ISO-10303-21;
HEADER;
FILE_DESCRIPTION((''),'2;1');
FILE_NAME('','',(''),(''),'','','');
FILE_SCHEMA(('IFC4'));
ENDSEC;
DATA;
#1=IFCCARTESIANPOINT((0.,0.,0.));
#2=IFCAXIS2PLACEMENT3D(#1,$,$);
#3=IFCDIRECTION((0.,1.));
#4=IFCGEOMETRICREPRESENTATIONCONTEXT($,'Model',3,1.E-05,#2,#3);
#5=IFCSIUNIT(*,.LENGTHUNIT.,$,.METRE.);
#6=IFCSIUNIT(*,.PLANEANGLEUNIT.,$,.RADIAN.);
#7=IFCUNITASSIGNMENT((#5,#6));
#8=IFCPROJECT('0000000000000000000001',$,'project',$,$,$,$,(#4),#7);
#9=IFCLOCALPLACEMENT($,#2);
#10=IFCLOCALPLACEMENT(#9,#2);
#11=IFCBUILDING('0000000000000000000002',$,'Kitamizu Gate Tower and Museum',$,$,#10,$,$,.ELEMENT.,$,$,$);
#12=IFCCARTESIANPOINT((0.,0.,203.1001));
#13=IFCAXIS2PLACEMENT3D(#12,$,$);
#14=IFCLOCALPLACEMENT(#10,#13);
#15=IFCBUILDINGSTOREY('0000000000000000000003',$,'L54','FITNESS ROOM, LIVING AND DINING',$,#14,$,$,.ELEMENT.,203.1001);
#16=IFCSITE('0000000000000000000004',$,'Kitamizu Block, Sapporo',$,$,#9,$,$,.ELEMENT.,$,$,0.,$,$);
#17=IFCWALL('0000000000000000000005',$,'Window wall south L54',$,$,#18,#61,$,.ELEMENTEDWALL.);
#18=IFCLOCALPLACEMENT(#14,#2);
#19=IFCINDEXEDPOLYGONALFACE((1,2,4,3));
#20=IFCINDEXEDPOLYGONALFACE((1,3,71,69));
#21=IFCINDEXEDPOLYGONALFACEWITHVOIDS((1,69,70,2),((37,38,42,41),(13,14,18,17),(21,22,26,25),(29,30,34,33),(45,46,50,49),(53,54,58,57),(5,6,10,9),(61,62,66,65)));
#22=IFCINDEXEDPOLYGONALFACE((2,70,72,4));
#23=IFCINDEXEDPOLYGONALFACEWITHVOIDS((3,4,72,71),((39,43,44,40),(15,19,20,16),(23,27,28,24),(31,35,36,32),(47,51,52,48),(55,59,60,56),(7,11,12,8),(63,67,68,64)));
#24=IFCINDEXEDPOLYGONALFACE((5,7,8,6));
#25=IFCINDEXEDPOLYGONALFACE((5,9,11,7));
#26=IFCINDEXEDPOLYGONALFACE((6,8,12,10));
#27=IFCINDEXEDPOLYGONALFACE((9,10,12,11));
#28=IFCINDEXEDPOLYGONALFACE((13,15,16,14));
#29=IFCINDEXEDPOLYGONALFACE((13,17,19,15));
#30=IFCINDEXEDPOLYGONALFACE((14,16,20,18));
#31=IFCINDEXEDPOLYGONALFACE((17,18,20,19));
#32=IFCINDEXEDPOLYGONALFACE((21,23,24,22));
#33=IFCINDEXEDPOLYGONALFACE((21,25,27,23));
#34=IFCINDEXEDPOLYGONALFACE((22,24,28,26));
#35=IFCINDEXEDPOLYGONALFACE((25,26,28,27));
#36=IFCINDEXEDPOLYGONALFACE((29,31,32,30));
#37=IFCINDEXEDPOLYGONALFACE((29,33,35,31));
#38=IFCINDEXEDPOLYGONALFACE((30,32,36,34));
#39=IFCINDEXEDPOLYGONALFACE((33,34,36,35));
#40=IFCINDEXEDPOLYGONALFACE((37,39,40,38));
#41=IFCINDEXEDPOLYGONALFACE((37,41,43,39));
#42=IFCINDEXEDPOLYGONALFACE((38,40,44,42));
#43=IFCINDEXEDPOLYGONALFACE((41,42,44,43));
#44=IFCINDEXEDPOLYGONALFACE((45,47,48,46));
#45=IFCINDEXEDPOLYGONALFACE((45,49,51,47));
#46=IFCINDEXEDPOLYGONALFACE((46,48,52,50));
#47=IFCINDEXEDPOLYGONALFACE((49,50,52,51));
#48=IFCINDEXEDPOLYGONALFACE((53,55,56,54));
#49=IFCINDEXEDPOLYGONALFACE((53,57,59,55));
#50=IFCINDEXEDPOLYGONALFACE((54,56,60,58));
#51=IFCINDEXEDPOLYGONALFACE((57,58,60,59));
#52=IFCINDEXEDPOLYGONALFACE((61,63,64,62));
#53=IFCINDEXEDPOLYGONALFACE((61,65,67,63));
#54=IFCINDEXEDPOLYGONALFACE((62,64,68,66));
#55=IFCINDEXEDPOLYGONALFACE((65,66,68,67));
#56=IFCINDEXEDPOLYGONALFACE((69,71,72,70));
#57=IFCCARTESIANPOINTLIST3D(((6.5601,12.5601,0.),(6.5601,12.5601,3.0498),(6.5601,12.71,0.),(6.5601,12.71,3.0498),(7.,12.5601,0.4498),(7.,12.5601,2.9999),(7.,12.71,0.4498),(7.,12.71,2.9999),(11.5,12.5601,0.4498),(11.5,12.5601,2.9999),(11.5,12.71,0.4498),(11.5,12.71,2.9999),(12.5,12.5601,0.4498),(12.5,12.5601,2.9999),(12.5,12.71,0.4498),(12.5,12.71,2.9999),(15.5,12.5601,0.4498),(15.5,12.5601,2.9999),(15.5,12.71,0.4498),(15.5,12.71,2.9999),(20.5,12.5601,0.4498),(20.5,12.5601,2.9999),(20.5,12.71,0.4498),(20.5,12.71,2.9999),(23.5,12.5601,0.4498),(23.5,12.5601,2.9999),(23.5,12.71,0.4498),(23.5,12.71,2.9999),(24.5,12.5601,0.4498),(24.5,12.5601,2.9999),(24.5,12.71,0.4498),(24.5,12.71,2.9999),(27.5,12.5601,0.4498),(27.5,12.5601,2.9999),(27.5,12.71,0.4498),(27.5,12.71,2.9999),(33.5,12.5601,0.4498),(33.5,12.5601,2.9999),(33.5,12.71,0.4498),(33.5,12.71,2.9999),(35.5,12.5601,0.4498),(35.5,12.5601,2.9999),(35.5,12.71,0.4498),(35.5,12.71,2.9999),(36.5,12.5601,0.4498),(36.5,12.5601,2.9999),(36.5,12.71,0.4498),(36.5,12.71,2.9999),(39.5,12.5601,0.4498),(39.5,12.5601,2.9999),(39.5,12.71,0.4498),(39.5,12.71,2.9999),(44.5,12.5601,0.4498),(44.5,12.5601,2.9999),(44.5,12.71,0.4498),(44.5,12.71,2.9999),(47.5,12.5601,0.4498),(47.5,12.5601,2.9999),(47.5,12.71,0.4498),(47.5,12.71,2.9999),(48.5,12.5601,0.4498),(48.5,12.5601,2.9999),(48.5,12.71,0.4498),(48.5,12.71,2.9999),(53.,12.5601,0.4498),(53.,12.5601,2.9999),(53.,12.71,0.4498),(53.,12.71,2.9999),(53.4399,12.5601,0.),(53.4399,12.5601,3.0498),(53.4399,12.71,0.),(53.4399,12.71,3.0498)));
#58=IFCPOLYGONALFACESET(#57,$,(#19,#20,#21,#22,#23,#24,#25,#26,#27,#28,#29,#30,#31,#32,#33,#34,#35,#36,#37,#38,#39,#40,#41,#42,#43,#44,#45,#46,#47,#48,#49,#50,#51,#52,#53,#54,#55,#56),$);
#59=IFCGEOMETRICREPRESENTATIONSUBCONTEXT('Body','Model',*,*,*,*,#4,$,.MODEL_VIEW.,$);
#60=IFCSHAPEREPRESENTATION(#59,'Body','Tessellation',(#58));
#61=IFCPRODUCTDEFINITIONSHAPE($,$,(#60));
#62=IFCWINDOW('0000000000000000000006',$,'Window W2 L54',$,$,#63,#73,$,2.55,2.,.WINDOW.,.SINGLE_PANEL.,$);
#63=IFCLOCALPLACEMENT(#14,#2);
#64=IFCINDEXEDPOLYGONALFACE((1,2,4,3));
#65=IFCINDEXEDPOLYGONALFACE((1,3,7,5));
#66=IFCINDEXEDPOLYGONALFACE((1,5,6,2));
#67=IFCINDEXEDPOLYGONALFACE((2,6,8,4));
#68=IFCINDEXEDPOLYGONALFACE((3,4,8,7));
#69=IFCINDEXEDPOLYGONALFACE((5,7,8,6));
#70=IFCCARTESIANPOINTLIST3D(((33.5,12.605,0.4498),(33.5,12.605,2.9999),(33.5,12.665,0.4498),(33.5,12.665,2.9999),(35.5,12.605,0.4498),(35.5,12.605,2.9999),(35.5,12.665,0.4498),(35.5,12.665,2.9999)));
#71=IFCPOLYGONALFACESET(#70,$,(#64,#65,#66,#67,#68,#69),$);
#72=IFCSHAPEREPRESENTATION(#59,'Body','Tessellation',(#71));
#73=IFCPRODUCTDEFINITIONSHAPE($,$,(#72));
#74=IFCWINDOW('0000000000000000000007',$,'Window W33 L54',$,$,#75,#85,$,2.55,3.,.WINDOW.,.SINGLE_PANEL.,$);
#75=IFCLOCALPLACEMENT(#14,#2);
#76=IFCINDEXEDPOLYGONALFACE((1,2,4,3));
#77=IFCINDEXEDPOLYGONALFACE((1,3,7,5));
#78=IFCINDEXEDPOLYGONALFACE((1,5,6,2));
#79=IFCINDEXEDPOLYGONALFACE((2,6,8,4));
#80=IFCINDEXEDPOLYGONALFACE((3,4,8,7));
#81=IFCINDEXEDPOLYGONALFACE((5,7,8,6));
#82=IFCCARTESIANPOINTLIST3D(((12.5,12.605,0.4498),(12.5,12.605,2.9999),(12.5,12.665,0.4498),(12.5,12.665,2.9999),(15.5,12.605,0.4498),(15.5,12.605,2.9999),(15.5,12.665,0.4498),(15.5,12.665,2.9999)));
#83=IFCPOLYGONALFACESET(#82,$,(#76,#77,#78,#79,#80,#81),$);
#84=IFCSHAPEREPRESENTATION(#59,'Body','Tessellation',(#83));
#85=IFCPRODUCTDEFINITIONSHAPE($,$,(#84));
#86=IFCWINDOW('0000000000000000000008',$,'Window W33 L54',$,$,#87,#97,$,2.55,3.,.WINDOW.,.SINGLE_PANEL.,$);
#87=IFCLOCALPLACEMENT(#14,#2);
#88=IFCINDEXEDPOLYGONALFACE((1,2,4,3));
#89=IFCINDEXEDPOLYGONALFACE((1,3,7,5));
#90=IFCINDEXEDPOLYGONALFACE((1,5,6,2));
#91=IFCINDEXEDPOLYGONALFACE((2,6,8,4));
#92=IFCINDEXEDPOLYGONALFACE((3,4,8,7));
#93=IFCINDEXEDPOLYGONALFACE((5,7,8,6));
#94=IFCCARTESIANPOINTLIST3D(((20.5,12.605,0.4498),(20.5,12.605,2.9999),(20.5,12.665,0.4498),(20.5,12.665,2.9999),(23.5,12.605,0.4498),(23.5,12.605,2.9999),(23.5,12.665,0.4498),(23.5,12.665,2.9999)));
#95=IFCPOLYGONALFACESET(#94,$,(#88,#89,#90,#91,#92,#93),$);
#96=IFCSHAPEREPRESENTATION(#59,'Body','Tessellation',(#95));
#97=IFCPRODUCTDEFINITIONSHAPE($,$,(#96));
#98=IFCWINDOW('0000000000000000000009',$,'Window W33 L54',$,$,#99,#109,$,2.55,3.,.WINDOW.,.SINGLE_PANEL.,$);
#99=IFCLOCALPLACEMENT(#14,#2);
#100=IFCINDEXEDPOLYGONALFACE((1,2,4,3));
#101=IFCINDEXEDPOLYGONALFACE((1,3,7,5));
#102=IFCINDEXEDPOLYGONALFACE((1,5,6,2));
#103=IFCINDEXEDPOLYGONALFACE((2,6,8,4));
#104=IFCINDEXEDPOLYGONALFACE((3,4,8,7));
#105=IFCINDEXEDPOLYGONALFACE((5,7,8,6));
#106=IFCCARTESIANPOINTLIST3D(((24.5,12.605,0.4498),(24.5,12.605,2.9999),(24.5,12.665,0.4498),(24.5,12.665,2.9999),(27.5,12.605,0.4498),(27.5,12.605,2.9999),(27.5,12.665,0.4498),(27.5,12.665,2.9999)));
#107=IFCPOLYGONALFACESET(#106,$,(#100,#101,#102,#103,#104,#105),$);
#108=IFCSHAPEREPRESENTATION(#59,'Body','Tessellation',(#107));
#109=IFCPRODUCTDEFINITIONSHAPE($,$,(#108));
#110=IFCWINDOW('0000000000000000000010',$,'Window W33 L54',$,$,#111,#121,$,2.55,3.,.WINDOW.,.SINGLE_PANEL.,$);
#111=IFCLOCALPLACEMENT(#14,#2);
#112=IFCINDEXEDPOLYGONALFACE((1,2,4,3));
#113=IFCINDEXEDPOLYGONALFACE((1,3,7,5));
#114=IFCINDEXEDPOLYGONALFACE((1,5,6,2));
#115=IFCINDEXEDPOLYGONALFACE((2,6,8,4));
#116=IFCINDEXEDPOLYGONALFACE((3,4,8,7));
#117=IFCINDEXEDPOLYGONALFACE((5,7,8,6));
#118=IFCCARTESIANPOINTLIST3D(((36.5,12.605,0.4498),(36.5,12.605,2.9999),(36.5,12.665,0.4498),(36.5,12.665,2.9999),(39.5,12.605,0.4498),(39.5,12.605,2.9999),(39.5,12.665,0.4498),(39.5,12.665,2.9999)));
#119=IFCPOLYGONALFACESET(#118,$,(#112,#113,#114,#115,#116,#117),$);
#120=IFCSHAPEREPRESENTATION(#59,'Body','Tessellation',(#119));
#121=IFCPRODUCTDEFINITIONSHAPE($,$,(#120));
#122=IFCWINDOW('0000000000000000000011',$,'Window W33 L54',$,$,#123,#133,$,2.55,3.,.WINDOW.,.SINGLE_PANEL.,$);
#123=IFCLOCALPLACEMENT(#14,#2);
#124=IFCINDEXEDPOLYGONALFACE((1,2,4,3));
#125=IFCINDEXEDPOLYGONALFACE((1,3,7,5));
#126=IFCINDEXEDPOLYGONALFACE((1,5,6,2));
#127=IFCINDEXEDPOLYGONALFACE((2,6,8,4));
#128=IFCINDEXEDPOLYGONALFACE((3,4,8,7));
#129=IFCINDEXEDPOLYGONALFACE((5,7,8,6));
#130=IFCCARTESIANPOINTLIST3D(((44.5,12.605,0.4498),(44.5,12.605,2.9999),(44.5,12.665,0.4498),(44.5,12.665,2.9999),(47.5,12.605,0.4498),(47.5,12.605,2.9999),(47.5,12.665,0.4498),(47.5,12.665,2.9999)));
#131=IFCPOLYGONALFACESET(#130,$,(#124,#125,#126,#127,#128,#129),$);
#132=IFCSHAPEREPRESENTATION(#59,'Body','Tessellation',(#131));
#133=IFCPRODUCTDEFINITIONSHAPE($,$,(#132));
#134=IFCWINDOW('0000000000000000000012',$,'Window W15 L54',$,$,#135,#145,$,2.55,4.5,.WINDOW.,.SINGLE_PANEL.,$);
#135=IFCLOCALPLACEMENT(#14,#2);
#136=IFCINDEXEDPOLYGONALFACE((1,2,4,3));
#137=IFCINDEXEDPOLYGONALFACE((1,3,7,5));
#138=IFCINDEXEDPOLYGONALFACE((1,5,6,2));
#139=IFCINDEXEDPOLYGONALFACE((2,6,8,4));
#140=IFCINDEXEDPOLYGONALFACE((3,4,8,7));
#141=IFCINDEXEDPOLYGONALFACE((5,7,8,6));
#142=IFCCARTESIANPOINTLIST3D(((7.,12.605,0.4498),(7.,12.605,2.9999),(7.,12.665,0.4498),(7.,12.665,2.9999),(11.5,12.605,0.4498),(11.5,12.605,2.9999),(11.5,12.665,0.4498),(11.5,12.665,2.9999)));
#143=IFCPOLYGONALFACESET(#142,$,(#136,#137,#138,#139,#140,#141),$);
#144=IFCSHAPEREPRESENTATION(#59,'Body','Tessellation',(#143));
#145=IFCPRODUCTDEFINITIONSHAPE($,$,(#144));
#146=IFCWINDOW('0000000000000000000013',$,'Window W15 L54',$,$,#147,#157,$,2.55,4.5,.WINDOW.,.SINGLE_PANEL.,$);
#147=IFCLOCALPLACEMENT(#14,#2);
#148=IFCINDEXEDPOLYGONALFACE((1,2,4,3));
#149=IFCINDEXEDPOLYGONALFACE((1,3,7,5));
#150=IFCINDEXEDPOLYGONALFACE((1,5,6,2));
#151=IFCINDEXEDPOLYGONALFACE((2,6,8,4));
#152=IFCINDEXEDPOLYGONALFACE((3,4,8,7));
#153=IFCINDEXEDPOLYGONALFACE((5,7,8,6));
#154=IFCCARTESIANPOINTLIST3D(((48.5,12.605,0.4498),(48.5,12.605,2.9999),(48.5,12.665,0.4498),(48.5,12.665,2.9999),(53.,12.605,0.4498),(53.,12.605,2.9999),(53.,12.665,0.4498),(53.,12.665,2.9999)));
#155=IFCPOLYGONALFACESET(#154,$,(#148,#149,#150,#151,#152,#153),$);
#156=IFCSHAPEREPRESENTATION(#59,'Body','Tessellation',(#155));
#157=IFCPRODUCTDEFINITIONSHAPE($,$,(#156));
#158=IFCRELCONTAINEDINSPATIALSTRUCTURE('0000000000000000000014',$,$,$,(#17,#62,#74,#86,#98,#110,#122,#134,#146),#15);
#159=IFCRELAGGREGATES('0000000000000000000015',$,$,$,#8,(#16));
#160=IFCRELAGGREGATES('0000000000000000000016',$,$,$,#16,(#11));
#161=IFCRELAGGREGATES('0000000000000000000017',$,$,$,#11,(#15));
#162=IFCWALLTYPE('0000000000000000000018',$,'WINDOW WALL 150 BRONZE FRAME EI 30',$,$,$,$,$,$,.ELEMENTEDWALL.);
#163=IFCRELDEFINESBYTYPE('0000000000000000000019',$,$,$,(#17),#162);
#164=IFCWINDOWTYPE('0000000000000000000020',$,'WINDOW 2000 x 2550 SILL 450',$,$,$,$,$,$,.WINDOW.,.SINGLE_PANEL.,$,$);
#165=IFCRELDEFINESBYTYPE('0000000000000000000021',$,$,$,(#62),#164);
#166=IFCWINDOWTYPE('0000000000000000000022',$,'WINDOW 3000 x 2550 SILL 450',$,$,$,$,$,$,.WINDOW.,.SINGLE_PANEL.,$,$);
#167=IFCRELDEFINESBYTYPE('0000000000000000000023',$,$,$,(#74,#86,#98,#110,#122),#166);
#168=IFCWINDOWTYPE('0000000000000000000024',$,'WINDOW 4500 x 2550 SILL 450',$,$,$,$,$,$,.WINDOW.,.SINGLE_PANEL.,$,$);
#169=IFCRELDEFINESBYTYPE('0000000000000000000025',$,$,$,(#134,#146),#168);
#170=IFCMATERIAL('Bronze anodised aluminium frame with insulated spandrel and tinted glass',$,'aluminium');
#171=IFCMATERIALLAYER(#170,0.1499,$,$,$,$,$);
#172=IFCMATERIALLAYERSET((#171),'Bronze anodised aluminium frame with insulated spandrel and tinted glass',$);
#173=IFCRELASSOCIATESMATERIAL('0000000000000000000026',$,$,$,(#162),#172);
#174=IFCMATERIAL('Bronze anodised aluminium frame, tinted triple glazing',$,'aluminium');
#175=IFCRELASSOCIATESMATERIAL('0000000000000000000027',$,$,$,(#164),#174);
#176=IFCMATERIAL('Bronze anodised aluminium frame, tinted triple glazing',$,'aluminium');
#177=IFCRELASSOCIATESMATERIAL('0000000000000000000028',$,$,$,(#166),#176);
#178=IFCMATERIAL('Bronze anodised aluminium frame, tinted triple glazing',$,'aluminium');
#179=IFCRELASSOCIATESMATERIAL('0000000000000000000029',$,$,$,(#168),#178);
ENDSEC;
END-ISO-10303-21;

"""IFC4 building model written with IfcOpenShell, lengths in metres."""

from ifc_helpers import new_model, si_unit, direction, frame, frame_2d, origin, place, context, subcontext, project, spatial, rectangle, extrude, material, layer, layer_set, type_object, element, fill, save


model = new_model("IFC4")

# Units and contexts
model_context = context("Model", 3, precision=1e-05, world=origin(), true_north=direction((0.0, 1.0)))
body_context = subcontext(model_context, "Body", "Model", "MODEL_VIEW")
ifc_project = project(units=[si_unit("LENGTHUNIT", "METRE"), si_unit("PLANEANGLEUNIT", "RADIAN")], contexts=[model_context])

# Site, building, storey
site_placement = place(None, origin())
site = spatial("IfcSite", under=ifc_project, at=site_placement, Name="Kitamizu Block, Sapporo", CompositionType="ELEMENT", RefElevation=0.0)
building_placement = place(site_placement, origin())
building = spatial("IfcBuilding", under=site, at=building_placement, Name="Kitamizu Gate Tower and Museum", CompositionType="ELEMENT")
storey_placement = place(building_placement, frame((0.0, 0.0, 203.1001)))
storey = spatial("IfcBuildingStorey", under=building, at=storey_placement, Name="L54", Description="FITNESS ROOM, LIVING AND DINING", CompositionType="ELEMENT", Elevation=203.1001)

# Wall, openings, windows
ifc_material_1 = material(Name="Bronze anodised aluminium frame with insulated spandrel and tinted glass", Category="aluminium")
ifc_layer_1 = layer(ifc_material_1, 0.1499)
ifc_layer_set_1 = layer_set([ifc_layer_1], Name="Bronze anodised aluminium frame with insulated spandrel and tinted glass")
wall_type = type_object("IfcWallType", Name="WINDOW WALL 150 BRONZE FRAME EI 30", PredefinedType="ELEMENTEDWALL", material=ifc_layer_set_1)
wall_1_placement = place(storey_placement, frame((6.5601, 12.635, 0.0), z_axis=(0.0, 0.0, 1.0), x_axis=(1.0, 0.0, 0.0)))
wall_1 = element("IfcWall", 1, at=wall_1_placement, inside=storey, type_object=wall_type, Name="Window wall south L54", PredefinedType="ELEMENTEDWALL", context=body_context, shape_type="SweptSolid", body=[
    extrude(rectangle(XDim=46.8799, YDim=0.1499, at=frame_2d((23.4399, 0.0))), origin(), (0.0, 0.0, 1.0), 3.0498),
])
opening_1_placement = place(wall_1_placement, frame((0.4399, 0.0, 0.45)))
opening_1 = element("IfcOpeningElement", 2, at=opening_1_placement, cuts=wall_1, PredefinedType="OPENING", context=body_context, shape_type="SweptSolid", body=[
    extrude(rectangle(XDim=4.5, YDim=2.55, at=frame_2d((2.25, 1.2749))), frame((0.0, 0.085, 0.0), z_axis=(0.0, -1.0, 0.0), x_axis=(1.0, 0.0, 0.0)), (0.0, 0.0, 1.0), 0.1699),
])
opening_2_placement = place(wall_1_placement, frame((5.9399, 0.0, 0.45)))
opening_2 = element("IfcOpeningElement", 3, at=opening_2_placement, cuts=wall_1, PredefinedType="OPENING", context=body_context, shape_type="SweptSolid", body=[
    extrude(rectangle(XDim=3.0, YDim=2.55, at=frame_2d((1.5, 1.2749))), frame((0.0, 0.085, 0.0), z_axis=(0.0, -1.0, 0.0), x_axis=(1.0, 0.0, 0.0)), (0.0, 0.0, 1.0), 0.1699),
])
opening_3_placement = place(wall_1_placement, frame((13.9399, 0.0, 0.45)))
opening_3 = element("IfcOpeningElement", 4, at=opening_3_placement, cuts=wall_1, PredefinedType="OPENING", context=body_context, shape_type="SweptSolid", body=[
    extrude(rectangle(XDim=3.0, YDim=2.55, at=frame_2d((1.5, 1.2749))), frame((0.0, 0.085, 0.0), z_axis=(0.0, -1.0, 0.0), x_axis=(1.0, 0.0, 0.0)), (0.0, 0.0, 1.0), 0.1699),
])
opening_4_placement = place(wall_1_placement, frame((17.9399, 0.0, 0.45)))
opening_4 = element("IfcOpeningElement", 5, at=opening_4_placement, cuts=wall_1, PredefinedType="OPENING", context=body_context, shape_type="SweptSolid", body=[
    extrude(rectangle(XDim=3.0, YDim=2.55, at=frame_2d((1.5, 1.2749))), frame((0.0, 0.085, 0.0), z_axis=(0.0, -1.0, 0.0), x_axis=(1.0, 0.0, 0.0)), (0.0, 0.0, 1.0), 0.1699),
])
opening_5_placement = place(wall_1_placement, frame((26.9399, 0.0, 0.45)))
opening_5 = element("IfcOpeningElement", 6, at=opening_5_placement, cuts=wall_1, PredefinedType="OPENING", context=body_context, shape_type="SweptSolid", body=[
    extrude(rectangle(XDim=2.0, YDim=2.55, at=frame_2d((1.0, 1.2749))), frame((0.0, 0.085, 0.0), z_axis=(0.0, -1.0, 0.0), x_axis=(1.0, 0.0, 0.0)), (0.0, 0.0, 1.0), 0.1699),
])
opening_6_placement = place(wall_1_placement, frame((29.9399, 0.0, 0.45)))
opening_6 = element("IfcOpeningElement", 7, at=opening_6_placement, cuts=wall_1, PredefinedType="OPENING", context=body_context, shape_type="SweptSolid", body=[
    extrude(rectangle(XDim=3.0, YDim=2.55, at=frame_2d((1.5, 1.2749))), frame((0.0, 0.085, 0.0), z_axis=(0.0, -1.0, 0.0), x_axis=(1.0, 0.0, 0.0)), (0.0, 0.0, 1.0), 0.1699),
])
opening_7_placement = place(wall_1_placement, frame((37.9399, 0.0, 0.45)))
opening_7 = element("IfcOpeningElement", 8, at=opening_7_placement, cuts=wall_1, PredefinedType="OPENING", context=body_context, shape_type="SweptSolid", body=[
    extrude(rectangle(XDim=3.0, YDim=2.55, at=frame_2d((1.5, 1.2749))), frame((0.0, 0.085, 0.0), z_axis=(0.0, -1.0, 0.0), x_axis=(1.0, 0.0, 0.0)), (0.0, 0.0, 1.0), 0.1699),
])
opening_8_placement = place(wall_1_placement, frame((41.9399, 0.0, 0.45)))
opening_8 = element("IfcOpeningElement", 9, at=opening_8_placement, cuts=wall_1, PredefinedType="OPENING", context=body_context, shape_type="SweptSolid", body=[
    extrude(rectangle(XDim=4.5, YDim=2.55, at=frame_2d((2.25, 1.2749))), frame((0.0, 0.085, 0.0), z_axis=(0.0, -1.0, 0.0), x_axis=(1.0, 0.0, 0.0)), (0.0, 0.0, 1.0), 0.1699),
])
ifc_material_2 = material(Name="Bronze anodised aluminium frame, tinted triple glazing", Category="aluminium")
window_type_1 = type_object("IfcWindowType", Name="WINDOW 2000 x 2550 SILL 450", PartitioningType="SINGLE_PANEL", PredefinedType="WINDOW", material=ifc_material_2)
window_1_placement = place(opening_5_placement, origin())
window_1 = element("IfcWindow", 10, at=window_1_placement, inside=storey, type_object=window_type_1, Name="Window W2 L54", OverallHeight=2.55, OverallWidth=2.0, PartitioningType="SINGLE_PANEL", PredefinedType="WINDOW", context=body_context, shape_type="SweptSolid", body=[
    extrude(rectangle(XDim=2.0, YDim=2.55, at=frame_2d((1.0, 1.2749))), frame((0.0, 0.03, 0.0), z_axis=(0.0, -1.0, 0.0), x_axis=(1.0, 0.0, 0.0)), (0.0, 0.0, 1.0), 0.0601),
])
fill(opening_5, window_1)
ifc_material_3 = material(Name="Bronze anodised aluminium frame, tinted triple glazing", Category="aluminium")
window_type_2 = type_object("IfcWindowType", Name="WINDOW 3000 x 2550 SILL 450", PartitioningType="SINGLE_PANEL", PredefinedType="WINDOW", material=ifc_material_3)
window_2_placement = place(opening_2_placement, origin())
window_2 = element("IfcWindow", 11, at=window_2_placement, inside=storey, type_object=window_type_2, Name="Window W33 L54", OverallHeight=2.55, OverallWidth=3.0, PartitioningType="SINGLE_PANEL", PredefinedType="WINDOW", context=body_context, shape_type="SweptSolid", body=[
    extrude(rectangle(XDim=3.0, YDim=2.55, at=frame_2d((1.5, 1.2749))), frame((0.0, 0.03, 0.0), z_axis=(0.0, -1.0, 0.0), x_axis=(1.0, 0.0, 0.0)), (0.0, 0.0, 1.0), 0.0601),
])
fill(opening_2, window_2)
window_3_placement = place(opening_3_placement, origin())
window_3 = element("IfcWindow", 12, at=window_3_placement, inside=storey, type_object=window_type_2, Name="Window W33 L54", OverallHeight=2.55, OverallWidth=3.0, PartitioningType="SINGLE_PANEL", PredefinedType="WINDOW", context=body_context, shape_type="SweptSolid", body=[
    extrude(rectangle(XDim=3.0, YDim=2.55, at=frame_2d((1.5, 1.2749))), frame((0.0, 0.03, 0.0), z_axis=(0.0, -1.0, 0.0), x_axis=(1.0, 0.0, 0.0)), (0.0, 0.0, 1.0), 0.0601),
])
fill(opening_3, window_3)
window_4_placement = place(opening_4_placement, origin())
window_4 = element("IfcWindow", 13, at=window_4_placement, inside=storey, type_object=window_type_2, Name="Window W33 L54", OverallHeight=2.55, OverallWidth=3.0, PartitioningType="SINGLE_PANEL", PredefinedType="WINDOW", context=body_context, shape_type="SweptSolid", body=[
    extrude(rectangle(XDim=3.0, YDim=2.55, at=frame_2d((1.5, 1.2749))), frame((0.0, 0.03, 0.0), z_axis=(0.0, -1.0, 0.0), x_axis=(1.0, 0.0, 0.0)), (0.0, 0.0, 1.0), 0.0601),
])
fill(opening_4, window_4)
window_5_placement = place(opening_6_placement, origin())
window_5 = element("IfcWindow", 14, at=window_5_placement, inside=storey, type_object=window_type_2, Name="Window W33 L54", OverallHeight=2.55, OverallWidth=3.0, PartitioningType="SINGLE_PANEL", PredefinedType="WINDOW", context=body_context, shape_type="SweptSolid", body=[
    extrude(rectangle(XDim=3.0, YDim=2.55, at=frame_2d((1.5, 1.2749))), frame((0.0, 0.03, 0.0), z_axis=(0.0, -1.0, 0.0), x_axis=(1.0, 0.0, 0.0)), (0.0, 0.0, 1.0), 0.0601),
])
fill(opening_6, window_5)
window_6_placement = place(opening_7_placement, origin())
window_6 = element("IfcWindow", 15, at=window_6_placement, inside=storey, type_object=window_type_2, Name="Window W33 L54", OverallHeight=2.55, OverallWidth=3.0, PartitioningType="SINGLE_PANEL", PredefinedType="WINDOW", context=body_context, shape_type="SweptSolid", body=[
    extrude(rectangle(XDim=3.0, YDim=2.55, at=frame_2d((1.5, 1.2749))), frame((0.0, 0.03, 0.0), z_axis=(0.0, -1.0, 0.0), x_axis=(1.0, 0.0, 0.0)), (0.0, 0.0, 1.0), 0.0601),
])
fill(opening_7, window_6)
ifc_material_4 = material(Name="Bronze anodised aluminium frame, tinted triple glazing", Category="aluminium")
window_type_3 = type_object("IfcWindowType", Name="WINDOW 4500 x 2550 SILL 450", PartitioningType="SINGLE_PANEL", PredefinedType="WINDOW", material=ifc_material_4)
window_7_placement = place(opening_1_placement, origin())
window_7 = element("IfcWindow", 16, at=window_7_placement, inside=storey, type_object=window_type_3, Name="Window W15 L54", OverallHeight=2.55, OverallWidth=4.5, PartitioningType="SINGLE_PANEL", PredefinedType="WINDOW", context=body_context, shape_type="SweptSolid", body=[
    extrude(rectangle(XDim=4.5, YDim=2.55, at=frame_2d((2.25, 1.2749))), frame((0.0, 0.03, 0.0), z_axis=(0.0, -1.0, 0.0), x_axis=(1.0, 0.0, 0.0)), (0.0, 0.0, 1.0), 0.0601),
])
fill(opening_1, window_7)
window_8_placement = place(opening_8_placement, origin())
window_8 = element("IfcWindow", 17, at=window_8_placement, inside=storey, type_object=window_type_3, Name="Window W15 L54", OverallHeight=2.55, OverallWidth=4.5, PartitioningType="SINGLE_PANEL", PredefinedType="WINDOW", context=body_context, shape_type="SweptSolid", body=[
    extrude(rectangle(XDim=4.5, YDim=2.55, at=frame_2d((2.25, 1.2749))), frame((0.0, 0.03, 0.0), z_axis=(0.0, -1.0, 0.0), x_axis=(1.0, 0.0, 0.0)), (0.0, 0.0, 1.0), 0.0601),
])
fill(opening_8, window_8)

save(model, "model.ifc")
